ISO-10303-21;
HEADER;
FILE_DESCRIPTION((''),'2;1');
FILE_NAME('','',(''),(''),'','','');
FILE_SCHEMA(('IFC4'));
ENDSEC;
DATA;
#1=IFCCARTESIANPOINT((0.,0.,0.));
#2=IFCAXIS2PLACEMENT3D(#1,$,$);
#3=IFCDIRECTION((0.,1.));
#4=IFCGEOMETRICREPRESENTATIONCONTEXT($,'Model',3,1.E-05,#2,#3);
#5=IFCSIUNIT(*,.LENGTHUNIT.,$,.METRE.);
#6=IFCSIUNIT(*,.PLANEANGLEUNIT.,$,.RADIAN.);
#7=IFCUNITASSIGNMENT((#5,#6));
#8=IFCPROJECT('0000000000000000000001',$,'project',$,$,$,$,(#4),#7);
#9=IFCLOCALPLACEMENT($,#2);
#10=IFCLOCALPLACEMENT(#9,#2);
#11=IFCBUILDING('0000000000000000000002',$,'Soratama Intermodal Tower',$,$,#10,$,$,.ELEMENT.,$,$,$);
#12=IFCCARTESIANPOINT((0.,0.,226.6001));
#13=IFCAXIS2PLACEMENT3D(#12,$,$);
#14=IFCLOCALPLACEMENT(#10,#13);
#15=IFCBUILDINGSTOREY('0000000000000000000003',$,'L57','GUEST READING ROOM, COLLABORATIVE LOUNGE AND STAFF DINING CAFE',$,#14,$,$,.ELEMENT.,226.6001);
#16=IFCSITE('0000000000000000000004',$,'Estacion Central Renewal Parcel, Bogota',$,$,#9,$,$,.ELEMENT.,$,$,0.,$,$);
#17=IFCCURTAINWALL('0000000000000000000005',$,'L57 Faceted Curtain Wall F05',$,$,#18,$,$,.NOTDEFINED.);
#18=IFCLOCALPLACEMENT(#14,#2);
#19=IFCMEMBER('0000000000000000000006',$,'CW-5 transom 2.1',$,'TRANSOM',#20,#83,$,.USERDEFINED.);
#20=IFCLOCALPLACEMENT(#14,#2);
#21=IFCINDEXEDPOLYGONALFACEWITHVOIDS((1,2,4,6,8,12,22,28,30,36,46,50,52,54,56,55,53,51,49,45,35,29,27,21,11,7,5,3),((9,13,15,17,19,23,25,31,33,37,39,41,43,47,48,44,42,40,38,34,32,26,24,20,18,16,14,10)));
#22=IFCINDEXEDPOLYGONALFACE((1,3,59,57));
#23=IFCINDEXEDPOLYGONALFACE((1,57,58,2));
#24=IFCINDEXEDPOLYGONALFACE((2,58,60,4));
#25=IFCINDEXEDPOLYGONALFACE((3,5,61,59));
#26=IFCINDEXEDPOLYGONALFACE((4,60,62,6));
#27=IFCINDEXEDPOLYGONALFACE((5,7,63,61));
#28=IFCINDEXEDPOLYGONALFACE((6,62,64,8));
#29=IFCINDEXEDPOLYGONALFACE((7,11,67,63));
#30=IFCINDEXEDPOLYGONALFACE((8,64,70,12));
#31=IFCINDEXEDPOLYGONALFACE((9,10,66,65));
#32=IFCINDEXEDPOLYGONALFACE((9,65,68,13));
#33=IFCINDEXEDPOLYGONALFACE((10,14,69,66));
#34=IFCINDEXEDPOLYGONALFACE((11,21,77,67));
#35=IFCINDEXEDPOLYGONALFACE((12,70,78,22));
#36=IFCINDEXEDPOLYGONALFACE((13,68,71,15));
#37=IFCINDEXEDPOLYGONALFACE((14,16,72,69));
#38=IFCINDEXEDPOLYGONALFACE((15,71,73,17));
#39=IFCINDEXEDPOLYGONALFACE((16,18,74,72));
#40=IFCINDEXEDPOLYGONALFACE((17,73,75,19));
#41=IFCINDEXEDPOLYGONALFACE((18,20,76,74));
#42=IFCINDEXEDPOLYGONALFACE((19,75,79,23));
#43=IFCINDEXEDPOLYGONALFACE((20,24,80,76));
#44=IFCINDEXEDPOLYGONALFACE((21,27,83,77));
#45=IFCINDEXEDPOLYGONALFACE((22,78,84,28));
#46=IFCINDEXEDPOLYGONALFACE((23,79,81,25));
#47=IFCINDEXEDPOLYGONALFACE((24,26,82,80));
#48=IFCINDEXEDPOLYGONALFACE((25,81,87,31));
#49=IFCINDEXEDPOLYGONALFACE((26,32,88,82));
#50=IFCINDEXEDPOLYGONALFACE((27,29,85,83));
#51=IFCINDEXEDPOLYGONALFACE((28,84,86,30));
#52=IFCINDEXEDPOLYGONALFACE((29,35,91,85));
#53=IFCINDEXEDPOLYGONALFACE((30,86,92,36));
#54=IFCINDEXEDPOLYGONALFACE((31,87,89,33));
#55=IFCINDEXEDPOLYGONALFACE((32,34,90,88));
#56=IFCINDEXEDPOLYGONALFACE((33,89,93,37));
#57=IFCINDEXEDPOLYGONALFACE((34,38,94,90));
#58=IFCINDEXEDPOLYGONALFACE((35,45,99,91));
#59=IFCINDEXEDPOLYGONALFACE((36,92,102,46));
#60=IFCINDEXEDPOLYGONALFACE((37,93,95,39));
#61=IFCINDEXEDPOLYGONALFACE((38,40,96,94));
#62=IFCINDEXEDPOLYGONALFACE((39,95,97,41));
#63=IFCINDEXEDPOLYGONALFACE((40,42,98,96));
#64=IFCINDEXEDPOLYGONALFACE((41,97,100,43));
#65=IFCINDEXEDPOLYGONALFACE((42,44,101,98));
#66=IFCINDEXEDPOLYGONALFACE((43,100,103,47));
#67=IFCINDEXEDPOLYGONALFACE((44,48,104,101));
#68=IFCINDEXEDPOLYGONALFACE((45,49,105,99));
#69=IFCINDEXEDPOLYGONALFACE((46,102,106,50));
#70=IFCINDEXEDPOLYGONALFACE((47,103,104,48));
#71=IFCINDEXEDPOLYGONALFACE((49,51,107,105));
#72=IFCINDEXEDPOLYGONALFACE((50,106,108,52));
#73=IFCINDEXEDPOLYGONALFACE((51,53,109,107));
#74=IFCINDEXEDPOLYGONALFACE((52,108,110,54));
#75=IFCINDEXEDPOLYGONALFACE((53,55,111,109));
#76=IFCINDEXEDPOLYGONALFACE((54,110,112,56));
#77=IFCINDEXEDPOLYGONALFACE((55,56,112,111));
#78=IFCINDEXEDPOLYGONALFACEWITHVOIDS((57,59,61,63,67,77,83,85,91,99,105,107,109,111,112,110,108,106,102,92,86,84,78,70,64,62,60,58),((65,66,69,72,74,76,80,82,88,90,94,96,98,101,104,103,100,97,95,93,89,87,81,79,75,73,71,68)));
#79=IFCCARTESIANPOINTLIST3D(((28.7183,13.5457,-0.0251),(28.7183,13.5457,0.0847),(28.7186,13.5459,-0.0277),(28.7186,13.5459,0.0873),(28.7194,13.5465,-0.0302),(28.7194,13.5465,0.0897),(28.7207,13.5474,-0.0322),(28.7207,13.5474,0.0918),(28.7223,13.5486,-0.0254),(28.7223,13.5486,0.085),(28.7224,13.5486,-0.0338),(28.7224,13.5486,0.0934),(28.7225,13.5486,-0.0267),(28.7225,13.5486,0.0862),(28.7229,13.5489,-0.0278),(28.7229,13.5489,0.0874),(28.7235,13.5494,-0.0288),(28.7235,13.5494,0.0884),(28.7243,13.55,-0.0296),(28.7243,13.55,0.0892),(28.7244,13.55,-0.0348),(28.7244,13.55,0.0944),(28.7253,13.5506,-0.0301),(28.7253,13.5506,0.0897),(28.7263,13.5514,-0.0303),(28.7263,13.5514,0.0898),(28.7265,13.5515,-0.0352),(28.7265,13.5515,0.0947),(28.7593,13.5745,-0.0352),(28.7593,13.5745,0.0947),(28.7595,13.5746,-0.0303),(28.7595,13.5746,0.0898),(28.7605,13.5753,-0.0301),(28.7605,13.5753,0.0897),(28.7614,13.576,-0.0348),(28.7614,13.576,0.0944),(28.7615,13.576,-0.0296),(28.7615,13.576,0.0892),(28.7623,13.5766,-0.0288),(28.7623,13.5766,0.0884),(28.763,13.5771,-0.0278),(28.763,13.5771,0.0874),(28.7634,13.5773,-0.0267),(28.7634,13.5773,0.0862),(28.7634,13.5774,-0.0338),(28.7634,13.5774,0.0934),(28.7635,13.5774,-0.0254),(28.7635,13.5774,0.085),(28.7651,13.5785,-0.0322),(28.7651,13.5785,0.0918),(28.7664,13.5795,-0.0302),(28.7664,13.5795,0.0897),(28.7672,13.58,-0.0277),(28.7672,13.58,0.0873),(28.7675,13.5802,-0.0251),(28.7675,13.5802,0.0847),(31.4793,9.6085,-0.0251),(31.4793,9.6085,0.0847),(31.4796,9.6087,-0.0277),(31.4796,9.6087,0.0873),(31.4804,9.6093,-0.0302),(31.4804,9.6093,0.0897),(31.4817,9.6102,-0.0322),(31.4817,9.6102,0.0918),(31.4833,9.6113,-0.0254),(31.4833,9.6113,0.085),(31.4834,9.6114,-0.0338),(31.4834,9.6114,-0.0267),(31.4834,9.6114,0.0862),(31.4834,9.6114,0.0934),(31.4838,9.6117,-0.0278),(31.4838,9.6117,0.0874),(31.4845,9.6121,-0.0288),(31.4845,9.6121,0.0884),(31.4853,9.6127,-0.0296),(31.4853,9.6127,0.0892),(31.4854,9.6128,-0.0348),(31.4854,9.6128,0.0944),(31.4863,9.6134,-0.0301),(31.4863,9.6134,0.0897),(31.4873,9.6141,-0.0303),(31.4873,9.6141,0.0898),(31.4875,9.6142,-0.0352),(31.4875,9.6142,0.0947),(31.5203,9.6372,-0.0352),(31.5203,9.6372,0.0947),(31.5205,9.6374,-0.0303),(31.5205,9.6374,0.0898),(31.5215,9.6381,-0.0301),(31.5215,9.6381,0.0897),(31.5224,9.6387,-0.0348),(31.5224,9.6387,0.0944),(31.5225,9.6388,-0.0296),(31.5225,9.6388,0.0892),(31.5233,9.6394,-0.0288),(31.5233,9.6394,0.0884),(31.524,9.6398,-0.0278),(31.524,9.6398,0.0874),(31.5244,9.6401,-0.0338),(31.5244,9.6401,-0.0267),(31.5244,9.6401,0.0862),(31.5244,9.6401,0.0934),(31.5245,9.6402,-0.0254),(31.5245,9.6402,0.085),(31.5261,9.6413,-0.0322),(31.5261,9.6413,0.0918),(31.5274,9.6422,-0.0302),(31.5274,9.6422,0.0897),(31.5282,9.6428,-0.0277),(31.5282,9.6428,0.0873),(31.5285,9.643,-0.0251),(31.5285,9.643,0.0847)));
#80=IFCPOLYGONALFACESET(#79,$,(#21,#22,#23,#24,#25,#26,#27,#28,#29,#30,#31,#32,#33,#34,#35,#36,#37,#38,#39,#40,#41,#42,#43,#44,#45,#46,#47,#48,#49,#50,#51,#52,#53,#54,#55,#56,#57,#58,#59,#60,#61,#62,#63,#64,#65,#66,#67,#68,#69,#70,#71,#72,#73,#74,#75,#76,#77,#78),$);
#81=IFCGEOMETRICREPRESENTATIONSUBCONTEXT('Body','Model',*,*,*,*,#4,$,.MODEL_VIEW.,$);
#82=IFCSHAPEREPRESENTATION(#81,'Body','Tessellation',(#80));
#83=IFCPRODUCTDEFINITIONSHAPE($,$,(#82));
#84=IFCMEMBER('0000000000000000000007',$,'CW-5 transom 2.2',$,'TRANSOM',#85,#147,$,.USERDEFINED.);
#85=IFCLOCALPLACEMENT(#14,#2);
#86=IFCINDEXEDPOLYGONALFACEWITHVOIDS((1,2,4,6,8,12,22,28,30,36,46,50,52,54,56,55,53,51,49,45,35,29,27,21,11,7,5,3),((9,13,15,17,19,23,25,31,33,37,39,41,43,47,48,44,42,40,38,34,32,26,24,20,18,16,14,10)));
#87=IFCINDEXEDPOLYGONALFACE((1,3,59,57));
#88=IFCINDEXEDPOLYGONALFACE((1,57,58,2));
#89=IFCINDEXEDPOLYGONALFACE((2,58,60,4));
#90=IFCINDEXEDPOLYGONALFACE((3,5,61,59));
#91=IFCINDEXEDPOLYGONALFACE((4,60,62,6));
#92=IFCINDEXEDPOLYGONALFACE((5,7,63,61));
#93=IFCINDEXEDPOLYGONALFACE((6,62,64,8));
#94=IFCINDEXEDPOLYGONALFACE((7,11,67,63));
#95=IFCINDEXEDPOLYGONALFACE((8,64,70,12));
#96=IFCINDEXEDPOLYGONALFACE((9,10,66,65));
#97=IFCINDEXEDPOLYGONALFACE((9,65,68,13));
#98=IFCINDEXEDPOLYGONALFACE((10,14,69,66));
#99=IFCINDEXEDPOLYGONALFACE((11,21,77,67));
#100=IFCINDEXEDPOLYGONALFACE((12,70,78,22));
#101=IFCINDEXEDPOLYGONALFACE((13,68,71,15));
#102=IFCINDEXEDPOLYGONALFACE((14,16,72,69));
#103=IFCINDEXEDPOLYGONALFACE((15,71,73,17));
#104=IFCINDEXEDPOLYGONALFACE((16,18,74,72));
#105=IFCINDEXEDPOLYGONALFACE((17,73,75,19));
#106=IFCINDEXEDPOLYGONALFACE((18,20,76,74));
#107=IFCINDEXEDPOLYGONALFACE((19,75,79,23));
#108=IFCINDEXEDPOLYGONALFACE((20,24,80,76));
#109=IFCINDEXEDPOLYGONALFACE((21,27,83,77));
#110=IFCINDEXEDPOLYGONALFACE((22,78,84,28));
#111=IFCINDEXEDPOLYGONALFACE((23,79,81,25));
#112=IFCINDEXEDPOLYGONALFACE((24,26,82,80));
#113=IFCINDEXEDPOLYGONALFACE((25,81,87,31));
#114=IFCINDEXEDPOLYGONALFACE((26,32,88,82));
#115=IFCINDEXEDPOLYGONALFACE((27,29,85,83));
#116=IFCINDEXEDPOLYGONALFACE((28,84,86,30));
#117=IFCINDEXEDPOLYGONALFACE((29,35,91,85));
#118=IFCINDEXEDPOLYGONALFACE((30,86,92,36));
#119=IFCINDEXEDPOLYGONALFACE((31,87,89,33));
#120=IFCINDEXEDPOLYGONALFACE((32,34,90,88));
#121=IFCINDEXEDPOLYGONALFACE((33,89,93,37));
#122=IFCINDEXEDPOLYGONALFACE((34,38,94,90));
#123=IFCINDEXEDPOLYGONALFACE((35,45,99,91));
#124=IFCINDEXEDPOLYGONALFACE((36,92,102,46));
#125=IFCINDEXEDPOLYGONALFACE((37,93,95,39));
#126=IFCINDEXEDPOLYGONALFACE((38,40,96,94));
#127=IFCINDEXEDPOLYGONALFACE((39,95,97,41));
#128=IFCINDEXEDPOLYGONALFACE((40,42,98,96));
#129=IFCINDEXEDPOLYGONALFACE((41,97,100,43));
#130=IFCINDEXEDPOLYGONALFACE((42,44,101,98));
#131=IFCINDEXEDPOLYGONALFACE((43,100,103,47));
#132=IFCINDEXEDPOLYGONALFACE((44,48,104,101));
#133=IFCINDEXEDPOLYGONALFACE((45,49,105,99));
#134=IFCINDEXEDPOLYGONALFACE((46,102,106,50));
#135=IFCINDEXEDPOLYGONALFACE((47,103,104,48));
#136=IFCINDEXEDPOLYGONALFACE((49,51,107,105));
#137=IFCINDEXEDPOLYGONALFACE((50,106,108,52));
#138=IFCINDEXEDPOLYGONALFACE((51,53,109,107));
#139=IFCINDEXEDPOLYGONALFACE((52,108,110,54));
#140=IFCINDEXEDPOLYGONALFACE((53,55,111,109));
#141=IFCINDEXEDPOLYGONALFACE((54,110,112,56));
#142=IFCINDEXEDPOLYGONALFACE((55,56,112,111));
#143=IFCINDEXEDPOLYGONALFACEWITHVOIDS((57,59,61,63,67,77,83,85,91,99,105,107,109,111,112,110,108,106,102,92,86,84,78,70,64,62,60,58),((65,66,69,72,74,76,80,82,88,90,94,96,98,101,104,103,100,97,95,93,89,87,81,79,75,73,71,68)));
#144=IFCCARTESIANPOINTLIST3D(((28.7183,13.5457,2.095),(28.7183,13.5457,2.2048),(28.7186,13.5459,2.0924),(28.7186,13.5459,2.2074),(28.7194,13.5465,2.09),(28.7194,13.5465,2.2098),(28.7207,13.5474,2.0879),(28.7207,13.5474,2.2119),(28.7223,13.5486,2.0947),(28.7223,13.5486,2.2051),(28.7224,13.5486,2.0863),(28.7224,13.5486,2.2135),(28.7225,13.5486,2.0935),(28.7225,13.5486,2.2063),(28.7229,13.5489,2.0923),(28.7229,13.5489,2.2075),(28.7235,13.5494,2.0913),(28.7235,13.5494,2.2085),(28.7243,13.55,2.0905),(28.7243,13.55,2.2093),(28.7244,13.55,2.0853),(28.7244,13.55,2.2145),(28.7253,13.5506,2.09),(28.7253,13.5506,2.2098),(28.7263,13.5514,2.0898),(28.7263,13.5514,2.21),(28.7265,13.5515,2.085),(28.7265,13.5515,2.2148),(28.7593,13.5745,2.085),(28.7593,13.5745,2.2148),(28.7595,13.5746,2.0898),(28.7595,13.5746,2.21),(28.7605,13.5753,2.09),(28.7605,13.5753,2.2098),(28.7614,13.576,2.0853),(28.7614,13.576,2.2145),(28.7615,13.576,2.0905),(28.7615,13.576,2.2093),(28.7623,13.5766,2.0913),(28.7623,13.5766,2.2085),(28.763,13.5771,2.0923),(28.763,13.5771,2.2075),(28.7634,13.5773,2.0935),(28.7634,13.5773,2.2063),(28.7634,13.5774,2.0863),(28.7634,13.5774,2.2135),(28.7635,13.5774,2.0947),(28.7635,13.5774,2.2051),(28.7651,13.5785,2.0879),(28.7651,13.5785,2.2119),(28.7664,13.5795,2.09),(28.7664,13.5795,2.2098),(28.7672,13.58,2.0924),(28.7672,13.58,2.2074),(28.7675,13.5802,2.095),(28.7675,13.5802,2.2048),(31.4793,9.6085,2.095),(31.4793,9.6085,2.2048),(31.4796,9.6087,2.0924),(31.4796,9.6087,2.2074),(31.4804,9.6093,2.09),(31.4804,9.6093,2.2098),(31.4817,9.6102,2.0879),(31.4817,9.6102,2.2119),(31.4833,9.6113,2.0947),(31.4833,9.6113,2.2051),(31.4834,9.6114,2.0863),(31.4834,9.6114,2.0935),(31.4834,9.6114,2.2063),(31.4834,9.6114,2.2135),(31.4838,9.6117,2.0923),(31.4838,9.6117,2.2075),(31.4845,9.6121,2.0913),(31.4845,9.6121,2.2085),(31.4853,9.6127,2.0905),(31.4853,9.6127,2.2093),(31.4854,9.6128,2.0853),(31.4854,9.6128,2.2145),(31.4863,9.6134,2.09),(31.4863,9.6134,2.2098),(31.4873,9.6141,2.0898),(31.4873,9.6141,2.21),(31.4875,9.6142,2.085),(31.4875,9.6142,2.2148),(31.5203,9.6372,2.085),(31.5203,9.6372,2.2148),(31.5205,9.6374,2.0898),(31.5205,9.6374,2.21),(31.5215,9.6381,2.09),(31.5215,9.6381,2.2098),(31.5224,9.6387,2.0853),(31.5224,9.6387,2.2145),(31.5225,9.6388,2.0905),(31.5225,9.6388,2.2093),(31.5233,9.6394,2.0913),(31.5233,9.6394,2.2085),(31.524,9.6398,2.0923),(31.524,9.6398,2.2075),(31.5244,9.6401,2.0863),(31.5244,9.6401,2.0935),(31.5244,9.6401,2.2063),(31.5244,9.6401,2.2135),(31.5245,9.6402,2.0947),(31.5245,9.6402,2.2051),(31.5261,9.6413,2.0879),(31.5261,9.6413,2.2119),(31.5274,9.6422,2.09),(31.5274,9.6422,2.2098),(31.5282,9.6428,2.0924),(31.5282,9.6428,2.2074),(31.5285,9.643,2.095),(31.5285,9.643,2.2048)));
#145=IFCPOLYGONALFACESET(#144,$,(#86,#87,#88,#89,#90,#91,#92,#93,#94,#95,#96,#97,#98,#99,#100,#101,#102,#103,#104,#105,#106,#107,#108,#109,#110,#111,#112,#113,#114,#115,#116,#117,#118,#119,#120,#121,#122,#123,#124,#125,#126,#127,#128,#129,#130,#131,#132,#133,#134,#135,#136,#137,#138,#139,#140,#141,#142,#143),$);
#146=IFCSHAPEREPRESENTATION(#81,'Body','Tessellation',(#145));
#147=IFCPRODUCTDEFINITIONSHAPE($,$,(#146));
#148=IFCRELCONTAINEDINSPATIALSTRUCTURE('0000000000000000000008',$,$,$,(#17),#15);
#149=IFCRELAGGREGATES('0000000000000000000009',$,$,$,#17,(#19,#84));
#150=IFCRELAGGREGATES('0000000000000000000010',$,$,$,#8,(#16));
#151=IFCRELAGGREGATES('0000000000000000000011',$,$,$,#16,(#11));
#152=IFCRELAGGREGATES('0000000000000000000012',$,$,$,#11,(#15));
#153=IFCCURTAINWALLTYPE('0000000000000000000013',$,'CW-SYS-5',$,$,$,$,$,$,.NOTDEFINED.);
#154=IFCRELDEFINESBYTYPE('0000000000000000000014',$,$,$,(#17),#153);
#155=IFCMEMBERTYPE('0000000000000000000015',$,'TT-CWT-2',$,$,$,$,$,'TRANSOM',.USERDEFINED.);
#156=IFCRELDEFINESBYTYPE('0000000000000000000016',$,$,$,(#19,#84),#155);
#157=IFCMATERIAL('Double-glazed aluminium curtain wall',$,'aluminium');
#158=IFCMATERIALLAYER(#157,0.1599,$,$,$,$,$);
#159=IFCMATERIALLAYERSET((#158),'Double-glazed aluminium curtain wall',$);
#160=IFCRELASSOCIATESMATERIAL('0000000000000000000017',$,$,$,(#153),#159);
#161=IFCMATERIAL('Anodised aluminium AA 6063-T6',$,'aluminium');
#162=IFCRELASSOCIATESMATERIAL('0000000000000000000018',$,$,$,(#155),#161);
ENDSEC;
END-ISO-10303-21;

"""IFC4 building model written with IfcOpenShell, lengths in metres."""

from ifc_helpers import new_model, si_unit, direction, frame, origin, origin_2d, place, context, subcontext, project, spatial, hollow_rectangle, extrude, material, layer, layer_set, material_profile, profile_set, type_object, element, aggregate, save


model = new_model("IFC4")

# Units and contexts
model_context = context("Model", 3, precision=1e-05, world=origin(), true_north=direction((0.0, 1.0)))
body_context = subcontext(model_context, "Body", "Model", "MODEL_VIEW")
ifc_project = project(units=[si_unit("LENGTHUNIT", "METRE"), si_unit("PLANEANGLEUNIT", "RADIAN")], contexts=[model_context])

# Site, building, storey
site_placement = place(None, origin())
site = spatial("IfcSite", under=ifc_project, at=site_placement, Name="Estacion Central Renewal Parcel, Bogota", CompositionType="ELEMENT", RefElevation=0.0)
building_placement = place(site_placement, origin())
building = spatial("IfcBuilding", under=site, at=building_placement, Name="Soratama Intermodal Tower", CompositionType="ELEMENT")
storey_placement = place(building_placement, frame((0.0, 0.0, 226.6001)))
storey = spatial("IfcBuildingStorey", under=building, at=storey_placement, Name="L57", Description="GUEST READING ROOM, COLLABORATIVE LOUNGE AND STAFF DINING CAFE", CompositionType="ELEMENT", Elevation=226.6001)

# Curtain wall, members
ifc_material_1 = material(Name="Double-glazed aluminium curtain wall", Category="aluminium")
ifc_layer_1 = layer(ifc_material_1, 0.1599)
ifc_layer_set_1 = layer_set([ifc_layer_1], Name="Double-glazed aluminium curtain wall")
curtain_wall_type = type_object("IfcCurtainWallType", Name="CW-SYS-5", PredefinedType="NOTDEFINED", material=ifc_layer_set_1)
curtain_wall_placement = place(storey_placement, origin())
curtain_wall = element("IfcCurtainWall", 1, at=curtain_wall_placement, inside=storey, type_object=curtain_wall_type, Name="L57 Faceted Curtain Wall F05", PredefinedType="NOTDEFINED")
ifc_material_2 = material(Name="Anodised aluminium AA 6063-T6", Category="aluminium")
ifc_material_profile_1 = material_profile(ifc_material_2, hollow_rectangle(XDim=0.0601, YDim=0.1299, WallThickness=0.0049, InnerFilletRadius=0.0049, OuterFilletRadius=0.01, at=origin_2d()), Name="CWT130X60X5")
ifc_profile_set_1 = profile_set([ifc_material_profile_1], Name="Anodised aluminium AA 6063-T6")
member_type_1 = type_object("IfcMemberType", Name="TT-CWT-2", ElementType="TRANSOM", PredefinedType="USERDEFINED", material=ifc_profile_set_1)
member_1_placement = place(storey_placement, frame((28.7429, 13.563, 0.0298), z_axis=(0.574147, -0.818752, 0.0), x_axis=(0.818752, 0.574147, 0.0)))
member_1 = element("IfcMember", 2, at=member_1_placement, type_object=member_type_1, Name="CW-5 transom 2.1", ObjectType="TRANSOM", PredefinedType="USERDEFINED", context=body_context, shape_type="SweptSolid", body=[
    extrude(hollow_rectangle(XDim=0.0601, YDim=0.1299, WallThickness=0.0049, InnerFilletRadius=0.0049, OuterFilletRadius=0.01, at=origin_2d()), origin(), (0.0, 0.0, 1.0), 4.8088),
])
member_2_placement = place(storey_placement, frame((28.7429, 13.563, 2.1499), z_axis=(0.574147, -0.818752, 0.0), x_axis=(0.818752, 0.574147, 0.0)))
member_2 = element("IfcMember", 3, at=member_2_placement, type_object=member_type_1, Name="CW-5 transom 2.2", ObjectType="TRANSOM", PredefinedType="USERDEFINED", context=body_context, shape_type="SweptSolid", body=[
    extrude(hollow_rectangle(XDim=0.0601, YDim=0.1299, WallThickness=0.0049, InnerFilletRadius=0.0049, OuterFilletRadius=0.01, at=origin_2d()), origin(), (0.0, 0.0, 1.0), 4.8088),
])
aggregate(curtain_wall, [member_1, member_2])

save(model, "model.ifc")
